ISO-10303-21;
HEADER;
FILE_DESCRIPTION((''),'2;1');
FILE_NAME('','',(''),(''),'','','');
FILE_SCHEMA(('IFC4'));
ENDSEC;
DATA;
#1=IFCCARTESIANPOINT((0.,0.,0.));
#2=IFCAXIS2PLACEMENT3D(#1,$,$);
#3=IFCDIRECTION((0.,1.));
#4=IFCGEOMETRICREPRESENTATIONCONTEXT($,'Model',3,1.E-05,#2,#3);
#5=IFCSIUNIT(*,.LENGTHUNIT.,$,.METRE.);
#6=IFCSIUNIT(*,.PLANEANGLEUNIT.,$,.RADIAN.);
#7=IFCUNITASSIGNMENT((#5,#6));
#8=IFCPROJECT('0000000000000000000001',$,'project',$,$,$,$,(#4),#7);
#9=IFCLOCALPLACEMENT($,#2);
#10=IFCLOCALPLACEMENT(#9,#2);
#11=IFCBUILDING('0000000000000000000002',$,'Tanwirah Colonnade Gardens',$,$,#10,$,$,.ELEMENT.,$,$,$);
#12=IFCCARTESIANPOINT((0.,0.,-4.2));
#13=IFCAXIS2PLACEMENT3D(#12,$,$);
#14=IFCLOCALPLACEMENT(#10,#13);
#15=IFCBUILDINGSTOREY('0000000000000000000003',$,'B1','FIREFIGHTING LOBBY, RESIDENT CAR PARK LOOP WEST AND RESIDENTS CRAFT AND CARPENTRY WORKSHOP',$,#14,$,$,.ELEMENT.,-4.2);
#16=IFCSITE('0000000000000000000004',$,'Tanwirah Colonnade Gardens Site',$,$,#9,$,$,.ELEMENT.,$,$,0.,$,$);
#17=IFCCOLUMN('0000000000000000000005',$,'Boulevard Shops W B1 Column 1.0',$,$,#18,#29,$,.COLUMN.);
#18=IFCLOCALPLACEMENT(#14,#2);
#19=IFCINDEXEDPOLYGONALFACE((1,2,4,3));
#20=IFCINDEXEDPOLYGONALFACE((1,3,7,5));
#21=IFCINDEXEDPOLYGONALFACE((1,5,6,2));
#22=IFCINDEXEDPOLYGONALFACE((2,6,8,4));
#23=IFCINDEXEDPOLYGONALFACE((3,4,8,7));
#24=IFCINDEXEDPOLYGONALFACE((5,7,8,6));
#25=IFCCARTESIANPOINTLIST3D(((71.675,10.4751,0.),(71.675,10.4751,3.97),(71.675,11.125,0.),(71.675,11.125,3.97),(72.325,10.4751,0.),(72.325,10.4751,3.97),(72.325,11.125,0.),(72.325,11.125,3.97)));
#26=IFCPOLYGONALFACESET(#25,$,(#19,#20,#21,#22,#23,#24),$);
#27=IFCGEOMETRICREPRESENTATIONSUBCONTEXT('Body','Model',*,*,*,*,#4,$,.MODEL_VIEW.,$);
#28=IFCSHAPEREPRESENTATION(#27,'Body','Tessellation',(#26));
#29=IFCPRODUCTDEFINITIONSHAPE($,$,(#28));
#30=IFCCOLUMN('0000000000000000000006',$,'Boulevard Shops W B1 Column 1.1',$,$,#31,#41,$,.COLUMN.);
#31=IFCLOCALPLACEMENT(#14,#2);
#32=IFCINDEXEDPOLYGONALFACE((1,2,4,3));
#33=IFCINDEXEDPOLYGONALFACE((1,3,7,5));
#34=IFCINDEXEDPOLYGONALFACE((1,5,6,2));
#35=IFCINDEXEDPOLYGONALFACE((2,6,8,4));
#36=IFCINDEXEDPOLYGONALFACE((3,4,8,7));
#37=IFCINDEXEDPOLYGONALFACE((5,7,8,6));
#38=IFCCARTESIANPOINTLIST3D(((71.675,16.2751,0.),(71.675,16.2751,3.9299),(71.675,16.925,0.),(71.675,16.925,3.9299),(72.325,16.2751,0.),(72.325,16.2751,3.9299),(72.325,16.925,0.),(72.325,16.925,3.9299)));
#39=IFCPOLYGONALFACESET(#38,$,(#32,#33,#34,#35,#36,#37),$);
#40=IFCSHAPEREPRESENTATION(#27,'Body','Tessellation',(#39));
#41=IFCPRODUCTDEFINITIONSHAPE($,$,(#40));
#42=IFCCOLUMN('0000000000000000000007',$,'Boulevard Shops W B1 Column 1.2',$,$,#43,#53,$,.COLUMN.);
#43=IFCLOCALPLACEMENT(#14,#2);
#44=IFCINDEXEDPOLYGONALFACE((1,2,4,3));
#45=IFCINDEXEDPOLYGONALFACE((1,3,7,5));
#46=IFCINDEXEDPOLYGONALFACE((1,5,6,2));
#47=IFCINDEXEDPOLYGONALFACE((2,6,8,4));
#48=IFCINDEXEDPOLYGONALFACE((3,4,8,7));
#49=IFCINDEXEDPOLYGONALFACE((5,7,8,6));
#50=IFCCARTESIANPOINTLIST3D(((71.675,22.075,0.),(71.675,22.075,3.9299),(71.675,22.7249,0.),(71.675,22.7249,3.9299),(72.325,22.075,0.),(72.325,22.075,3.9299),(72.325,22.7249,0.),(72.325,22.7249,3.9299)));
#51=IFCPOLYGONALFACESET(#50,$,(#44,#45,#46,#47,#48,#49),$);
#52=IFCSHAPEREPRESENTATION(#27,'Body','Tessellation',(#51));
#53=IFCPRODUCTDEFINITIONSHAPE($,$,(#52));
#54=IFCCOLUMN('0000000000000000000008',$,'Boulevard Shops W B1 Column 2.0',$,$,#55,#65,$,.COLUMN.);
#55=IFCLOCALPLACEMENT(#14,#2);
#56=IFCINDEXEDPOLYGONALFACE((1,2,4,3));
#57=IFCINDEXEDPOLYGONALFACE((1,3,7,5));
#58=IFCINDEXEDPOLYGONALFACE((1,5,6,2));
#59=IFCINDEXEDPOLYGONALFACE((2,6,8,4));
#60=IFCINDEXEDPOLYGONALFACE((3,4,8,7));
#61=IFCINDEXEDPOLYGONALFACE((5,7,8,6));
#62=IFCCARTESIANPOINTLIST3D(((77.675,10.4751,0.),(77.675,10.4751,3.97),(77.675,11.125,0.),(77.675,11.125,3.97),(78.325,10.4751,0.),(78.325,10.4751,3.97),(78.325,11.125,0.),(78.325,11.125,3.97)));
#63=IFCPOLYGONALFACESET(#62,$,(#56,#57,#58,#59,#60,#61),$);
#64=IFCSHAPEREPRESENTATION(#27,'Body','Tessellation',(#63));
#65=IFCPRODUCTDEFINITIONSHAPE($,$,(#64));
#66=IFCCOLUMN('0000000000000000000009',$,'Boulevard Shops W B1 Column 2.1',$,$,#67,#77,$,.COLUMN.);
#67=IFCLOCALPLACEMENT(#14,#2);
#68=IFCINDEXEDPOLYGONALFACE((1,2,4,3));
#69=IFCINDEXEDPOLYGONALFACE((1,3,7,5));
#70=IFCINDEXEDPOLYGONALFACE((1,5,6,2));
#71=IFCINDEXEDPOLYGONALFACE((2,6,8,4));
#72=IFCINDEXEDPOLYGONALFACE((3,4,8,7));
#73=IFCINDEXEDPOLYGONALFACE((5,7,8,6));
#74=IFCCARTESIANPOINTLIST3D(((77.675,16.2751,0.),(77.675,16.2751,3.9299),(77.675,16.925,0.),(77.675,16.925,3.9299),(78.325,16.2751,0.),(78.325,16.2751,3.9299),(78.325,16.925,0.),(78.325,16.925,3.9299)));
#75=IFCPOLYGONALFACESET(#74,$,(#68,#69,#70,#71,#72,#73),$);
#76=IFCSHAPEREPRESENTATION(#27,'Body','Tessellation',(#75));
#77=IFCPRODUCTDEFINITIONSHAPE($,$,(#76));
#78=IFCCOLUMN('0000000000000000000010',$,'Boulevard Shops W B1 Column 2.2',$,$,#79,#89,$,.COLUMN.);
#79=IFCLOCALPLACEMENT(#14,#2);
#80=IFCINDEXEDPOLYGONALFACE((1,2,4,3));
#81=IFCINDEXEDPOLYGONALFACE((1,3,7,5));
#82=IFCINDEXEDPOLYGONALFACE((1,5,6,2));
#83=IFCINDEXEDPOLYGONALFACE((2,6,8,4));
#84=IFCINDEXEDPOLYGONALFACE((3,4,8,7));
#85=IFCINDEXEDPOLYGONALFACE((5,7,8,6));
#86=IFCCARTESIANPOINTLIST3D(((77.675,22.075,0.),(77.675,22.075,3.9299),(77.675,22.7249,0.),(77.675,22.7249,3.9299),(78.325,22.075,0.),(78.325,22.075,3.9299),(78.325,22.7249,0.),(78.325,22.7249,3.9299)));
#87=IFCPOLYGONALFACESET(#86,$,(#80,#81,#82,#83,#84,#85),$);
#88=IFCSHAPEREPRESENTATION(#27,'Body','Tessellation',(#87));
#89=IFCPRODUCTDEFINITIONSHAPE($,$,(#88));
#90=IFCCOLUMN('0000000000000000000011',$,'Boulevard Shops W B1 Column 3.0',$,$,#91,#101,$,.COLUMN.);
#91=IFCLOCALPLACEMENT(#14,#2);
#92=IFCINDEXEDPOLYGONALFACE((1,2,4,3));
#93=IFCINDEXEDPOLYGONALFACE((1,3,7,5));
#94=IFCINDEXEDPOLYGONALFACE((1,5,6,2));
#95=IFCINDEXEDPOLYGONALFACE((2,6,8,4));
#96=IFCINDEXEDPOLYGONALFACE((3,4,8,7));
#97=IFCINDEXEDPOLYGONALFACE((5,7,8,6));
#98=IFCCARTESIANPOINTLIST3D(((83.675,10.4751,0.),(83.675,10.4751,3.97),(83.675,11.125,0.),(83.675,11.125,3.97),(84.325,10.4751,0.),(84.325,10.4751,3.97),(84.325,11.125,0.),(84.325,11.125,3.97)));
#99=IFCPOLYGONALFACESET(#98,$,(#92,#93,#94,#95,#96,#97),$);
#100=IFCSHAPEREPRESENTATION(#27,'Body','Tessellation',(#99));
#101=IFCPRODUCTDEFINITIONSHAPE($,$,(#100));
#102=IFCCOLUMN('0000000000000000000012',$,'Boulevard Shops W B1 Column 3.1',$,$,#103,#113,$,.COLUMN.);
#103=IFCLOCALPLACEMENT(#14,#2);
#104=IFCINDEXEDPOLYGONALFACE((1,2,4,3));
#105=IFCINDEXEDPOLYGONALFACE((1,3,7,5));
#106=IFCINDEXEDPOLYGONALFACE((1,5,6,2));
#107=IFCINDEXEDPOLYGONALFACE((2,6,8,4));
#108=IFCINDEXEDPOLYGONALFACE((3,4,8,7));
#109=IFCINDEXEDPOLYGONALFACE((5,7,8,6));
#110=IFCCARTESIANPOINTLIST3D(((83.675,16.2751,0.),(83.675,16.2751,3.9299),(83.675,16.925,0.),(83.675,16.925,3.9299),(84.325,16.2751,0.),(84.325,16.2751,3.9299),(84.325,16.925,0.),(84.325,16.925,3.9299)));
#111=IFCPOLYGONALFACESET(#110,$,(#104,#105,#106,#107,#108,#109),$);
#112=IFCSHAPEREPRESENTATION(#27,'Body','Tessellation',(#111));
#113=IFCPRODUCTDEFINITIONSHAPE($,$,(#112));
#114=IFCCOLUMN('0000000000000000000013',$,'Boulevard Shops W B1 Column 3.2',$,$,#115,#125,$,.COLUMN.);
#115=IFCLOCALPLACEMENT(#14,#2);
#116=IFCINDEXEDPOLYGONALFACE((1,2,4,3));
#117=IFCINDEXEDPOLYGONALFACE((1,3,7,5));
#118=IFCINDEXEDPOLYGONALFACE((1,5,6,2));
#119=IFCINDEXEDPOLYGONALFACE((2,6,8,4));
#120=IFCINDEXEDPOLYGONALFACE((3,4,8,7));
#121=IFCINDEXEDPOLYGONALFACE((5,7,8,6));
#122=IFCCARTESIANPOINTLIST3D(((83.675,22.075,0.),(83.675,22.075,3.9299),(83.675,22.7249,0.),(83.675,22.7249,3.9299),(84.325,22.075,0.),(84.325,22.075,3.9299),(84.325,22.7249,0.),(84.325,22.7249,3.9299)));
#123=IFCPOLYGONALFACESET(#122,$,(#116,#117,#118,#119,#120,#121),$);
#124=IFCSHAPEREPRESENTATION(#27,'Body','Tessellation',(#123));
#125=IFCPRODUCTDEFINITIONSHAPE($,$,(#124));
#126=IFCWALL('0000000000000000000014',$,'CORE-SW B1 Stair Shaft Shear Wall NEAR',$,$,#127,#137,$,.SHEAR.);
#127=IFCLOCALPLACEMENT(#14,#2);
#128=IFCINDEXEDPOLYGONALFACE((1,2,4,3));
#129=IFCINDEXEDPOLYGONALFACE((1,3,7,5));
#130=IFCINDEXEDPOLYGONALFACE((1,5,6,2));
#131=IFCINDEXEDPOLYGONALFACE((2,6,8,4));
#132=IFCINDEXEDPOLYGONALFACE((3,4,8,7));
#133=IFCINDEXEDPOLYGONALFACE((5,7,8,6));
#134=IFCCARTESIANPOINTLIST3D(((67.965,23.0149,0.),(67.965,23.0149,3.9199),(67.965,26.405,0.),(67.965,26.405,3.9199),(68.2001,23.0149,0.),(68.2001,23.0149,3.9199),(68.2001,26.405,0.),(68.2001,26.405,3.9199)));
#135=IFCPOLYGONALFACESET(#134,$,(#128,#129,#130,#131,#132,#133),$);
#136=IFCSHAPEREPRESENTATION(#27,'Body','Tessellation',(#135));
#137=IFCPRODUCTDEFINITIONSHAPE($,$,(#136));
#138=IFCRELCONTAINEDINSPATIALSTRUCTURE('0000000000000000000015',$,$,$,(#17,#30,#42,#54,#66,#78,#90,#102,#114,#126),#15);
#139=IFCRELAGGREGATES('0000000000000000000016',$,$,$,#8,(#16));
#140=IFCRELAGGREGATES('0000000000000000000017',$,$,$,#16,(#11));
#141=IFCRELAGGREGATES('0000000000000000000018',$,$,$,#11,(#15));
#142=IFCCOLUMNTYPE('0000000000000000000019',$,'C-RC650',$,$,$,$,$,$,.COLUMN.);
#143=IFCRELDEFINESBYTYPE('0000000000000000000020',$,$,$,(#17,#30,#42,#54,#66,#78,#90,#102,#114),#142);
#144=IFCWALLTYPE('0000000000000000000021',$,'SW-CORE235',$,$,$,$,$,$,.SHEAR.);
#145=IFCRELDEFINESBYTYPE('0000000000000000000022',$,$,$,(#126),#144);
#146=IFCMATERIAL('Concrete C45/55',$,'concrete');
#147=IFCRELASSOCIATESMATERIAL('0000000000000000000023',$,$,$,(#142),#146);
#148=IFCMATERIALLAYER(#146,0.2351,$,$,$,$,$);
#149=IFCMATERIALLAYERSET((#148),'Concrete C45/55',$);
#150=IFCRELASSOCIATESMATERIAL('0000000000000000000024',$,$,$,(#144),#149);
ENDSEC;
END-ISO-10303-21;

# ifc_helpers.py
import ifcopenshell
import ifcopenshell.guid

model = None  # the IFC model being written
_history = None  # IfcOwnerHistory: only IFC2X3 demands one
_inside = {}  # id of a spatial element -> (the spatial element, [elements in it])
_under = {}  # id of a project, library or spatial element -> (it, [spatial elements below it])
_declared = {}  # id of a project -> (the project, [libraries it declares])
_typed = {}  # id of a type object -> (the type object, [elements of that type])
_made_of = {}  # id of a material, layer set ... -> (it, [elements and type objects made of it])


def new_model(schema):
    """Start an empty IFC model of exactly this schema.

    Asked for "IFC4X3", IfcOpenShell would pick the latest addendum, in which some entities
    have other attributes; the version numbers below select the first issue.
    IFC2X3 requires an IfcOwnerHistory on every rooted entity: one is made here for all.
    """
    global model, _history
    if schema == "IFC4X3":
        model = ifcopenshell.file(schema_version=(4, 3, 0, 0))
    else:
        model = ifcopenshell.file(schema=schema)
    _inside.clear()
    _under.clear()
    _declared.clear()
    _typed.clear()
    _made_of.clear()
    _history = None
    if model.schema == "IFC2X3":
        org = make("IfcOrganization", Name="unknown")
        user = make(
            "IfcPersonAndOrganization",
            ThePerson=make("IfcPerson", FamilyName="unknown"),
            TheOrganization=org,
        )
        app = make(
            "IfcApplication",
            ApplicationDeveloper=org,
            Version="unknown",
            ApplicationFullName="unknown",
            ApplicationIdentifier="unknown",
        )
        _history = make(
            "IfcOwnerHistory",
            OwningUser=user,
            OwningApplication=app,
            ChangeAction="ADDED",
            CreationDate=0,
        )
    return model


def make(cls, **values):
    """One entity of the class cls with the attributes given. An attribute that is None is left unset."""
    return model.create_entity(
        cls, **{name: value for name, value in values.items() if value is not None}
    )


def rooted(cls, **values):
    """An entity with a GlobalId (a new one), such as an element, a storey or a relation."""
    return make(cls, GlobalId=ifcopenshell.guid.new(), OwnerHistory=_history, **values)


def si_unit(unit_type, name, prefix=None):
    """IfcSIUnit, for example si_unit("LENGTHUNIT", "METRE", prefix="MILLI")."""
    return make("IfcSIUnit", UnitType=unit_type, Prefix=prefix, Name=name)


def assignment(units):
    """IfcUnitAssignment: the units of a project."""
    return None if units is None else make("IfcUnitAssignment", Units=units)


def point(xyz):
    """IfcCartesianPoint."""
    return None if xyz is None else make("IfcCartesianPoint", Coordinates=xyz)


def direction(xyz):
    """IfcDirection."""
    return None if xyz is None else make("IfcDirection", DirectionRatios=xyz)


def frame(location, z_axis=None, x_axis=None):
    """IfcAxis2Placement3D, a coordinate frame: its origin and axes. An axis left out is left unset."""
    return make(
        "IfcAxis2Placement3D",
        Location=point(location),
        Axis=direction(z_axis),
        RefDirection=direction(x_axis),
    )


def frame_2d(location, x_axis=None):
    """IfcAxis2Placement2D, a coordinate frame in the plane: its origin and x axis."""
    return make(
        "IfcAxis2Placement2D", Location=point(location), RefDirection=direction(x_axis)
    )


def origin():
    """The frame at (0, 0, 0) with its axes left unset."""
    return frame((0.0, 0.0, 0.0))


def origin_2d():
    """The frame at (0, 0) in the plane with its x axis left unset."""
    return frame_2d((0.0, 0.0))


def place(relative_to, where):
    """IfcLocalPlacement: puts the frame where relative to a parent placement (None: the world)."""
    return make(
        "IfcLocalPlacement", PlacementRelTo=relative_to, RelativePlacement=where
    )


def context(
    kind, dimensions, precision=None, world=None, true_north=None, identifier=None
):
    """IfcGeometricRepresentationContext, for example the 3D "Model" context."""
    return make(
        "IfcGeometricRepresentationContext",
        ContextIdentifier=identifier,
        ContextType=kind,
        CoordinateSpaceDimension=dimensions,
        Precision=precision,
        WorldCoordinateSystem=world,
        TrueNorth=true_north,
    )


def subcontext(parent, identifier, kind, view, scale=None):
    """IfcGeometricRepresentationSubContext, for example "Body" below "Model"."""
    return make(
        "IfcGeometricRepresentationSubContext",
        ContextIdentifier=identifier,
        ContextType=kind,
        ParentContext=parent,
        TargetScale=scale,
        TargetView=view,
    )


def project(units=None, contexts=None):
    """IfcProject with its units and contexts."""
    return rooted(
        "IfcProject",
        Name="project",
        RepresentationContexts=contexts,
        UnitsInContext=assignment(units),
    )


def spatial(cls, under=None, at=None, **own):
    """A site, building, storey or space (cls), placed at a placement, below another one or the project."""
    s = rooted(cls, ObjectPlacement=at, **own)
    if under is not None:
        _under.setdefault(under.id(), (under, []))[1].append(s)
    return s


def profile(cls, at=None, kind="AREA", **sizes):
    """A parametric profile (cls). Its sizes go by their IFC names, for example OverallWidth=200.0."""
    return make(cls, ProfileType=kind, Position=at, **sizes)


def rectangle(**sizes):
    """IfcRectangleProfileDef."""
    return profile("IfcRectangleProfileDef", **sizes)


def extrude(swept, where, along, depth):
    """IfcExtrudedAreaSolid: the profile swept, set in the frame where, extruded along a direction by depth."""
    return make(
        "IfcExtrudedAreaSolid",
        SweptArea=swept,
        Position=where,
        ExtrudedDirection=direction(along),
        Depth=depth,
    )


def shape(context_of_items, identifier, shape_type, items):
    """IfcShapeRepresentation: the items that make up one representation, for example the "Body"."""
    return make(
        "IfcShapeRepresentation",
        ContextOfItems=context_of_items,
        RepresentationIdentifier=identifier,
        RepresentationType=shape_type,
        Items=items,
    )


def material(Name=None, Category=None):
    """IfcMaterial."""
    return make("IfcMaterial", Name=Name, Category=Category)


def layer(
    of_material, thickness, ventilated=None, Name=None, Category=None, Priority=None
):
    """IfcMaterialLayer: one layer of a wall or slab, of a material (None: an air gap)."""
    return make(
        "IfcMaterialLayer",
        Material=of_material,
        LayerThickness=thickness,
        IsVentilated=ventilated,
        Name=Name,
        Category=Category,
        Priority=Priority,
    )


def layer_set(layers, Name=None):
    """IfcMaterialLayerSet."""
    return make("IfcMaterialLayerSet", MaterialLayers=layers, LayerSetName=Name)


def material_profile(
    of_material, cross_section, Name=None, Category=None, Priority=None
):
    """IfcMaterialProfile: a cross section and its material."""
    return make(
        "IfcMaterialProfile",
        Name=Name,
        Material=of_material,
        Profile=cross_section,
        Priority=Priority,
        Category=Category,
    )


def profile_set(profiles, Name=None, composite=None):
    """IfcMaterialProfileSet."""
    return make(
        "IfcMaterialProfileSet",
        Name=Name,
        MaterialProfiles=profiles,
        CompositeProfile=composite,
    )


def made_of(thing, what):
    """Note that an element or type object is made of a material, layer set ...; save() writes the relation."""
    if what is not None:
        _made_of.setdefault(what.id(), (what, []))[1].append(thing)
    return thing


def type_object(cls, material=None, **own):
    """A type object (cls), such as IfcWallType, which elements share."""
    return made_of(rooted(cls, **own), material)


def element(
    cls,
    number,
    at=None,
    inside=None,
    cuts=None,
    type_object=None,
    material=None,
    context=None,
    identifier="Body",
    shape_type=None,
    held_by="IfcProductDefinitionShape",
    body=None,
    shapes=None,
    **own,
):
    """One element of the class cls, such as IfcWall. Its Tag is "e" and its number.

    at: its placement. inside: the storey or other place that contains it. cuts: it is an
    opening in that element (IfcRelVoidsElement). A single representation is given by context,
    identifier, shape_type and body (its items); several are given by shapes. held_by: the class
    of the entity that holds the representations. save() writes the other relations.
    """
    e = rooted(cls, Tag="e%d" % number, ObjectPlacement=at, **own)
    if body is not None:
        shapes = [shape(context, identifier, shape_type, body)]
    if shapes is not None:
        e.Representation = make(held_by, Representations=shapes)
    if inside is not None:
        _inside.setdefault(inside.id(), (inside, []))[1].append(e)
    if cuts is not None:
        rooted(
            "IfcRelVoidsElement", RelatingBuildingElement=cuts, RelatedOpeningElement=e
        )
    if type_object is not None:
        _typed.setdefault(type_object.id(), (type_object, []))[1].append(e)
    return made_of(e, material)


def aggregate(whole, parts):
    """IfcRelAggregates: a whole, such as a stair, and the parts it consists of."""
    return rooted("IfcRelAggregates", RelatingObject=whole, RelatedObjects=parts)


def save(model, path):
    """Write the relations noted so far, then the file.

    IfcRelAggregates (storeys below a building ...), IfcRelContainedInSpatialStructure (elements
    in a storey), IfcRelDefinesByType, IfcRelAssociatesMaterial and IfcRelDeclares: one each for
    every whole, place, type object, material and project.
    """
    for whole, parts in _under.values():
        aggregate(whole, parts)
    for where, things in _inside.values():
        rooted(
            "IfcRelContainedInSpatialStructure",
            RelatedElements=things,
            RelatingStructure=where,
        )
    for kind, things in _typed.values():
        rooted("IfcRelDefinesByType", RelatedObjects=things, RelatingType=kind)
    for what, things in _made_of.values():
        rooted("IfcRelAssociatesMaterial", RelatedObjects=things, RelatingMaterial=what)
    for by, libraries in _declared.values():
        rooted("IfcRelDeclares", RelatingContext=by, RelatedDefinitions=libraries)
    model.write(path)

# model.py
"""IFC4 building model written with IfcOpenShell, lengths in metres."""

from ifc_helpers import new_model, si_unit, direction, frame, frame_2d, origin, origin_2d, place, context, subcontext, project, spatial, rectangle, extrude, material, layer, layer_set, material_profile, profile_set, type_object, element, save


model = new_model("IFC4")

# Units and contexts
model_context = context("Model", 3, precision=1e-05, world=origin(), true_north=direction((0.0, 1.0)))
body_context = subcontext(model_context, "Body", "Model", "MODEL_VIEW")
ifc_project = project(units=[si_unit("LENGTHUNIT", "METRE"), si_unit("PLANEANGLEUNIT", "RADIAN")], contexts=[model_context])

# Site, building, storey
site_placement = place(None, origin())
site = spatial("IfcSite", under=ifc_project, at=site_placement, Name="Tanwirah Colonnade Gardens Site", CompositionType="ELEMENT", RefElevation=0.0)
building_placement = place(site_placement, origin())
building = spatial("IfcBuilding", under=site, at=building_placement, Name="Tanwirah Colonnade Gardens", CompositionType="ELEMENT")
storey_placement = place(building_placement, frame((0.0, 0.0, -4.2)))
storey = spatial("IfcBuildingStorey", under=building, at=storey_placement, Name="B1", Description="FIREFIGHTING LOBBY, RESIDENT CAR PARK LOOP WEST AND RESIDENTS CRAFT AND CARPENTRY WORKSHOP", CompositionType="ELEMENT", Elevation=-4.2)

# Shared definitions
ifc_material_1 = material(Name="Concrete C45/55", Category="concrete")

# Columns
ifc_material_profile_1 = material_profile(ifc_material_1, rectangle(XDim=0.6499, YDim=0.6499, at=origin_2d()), Name="RC-COL 650x650")
ifc_profile_set_1 = profile_set([ifc_material_profile_1], Name="Concrete C45/55")
column_type_1 = type_object("IfcColumnType", Name="C-RC650", PredefinedType="COLUMN", material=ifc_profile_set_1)
column_1_placement = place(storey_placement, frame((72.0, 10.8, 0.0), z_axis=(0.0, 0.0, 1.0), x_axis=(1.0, 0.0, 0.0)))
element("IfcColumn", 1, at=column_1_placement, inside=storey, type_object=column_type_1, Name="Boulevard Shops W B1 Column 1.0", PredefinedType="COLUMN", context=body_context, shape_type="SweptSolid", body=[
    extrude(rectangle(XDim=0.6499, YDim=0.6499, at=origin_2d()), origin(), (0.0, 0.0, 1.0), 3.97),
])
for number, where, z_axis, x_axis, name in (
    (2, (72.0, 16.6001, 0.0), (0.0, 0.0, 1.0), (1.0, 0.0, 0.0), "Boulevard Shops W B1 Column 1.1"),
    (3, (72.0, 22.3999, 0.0), (0.0, 0.0, 1.0), (1.0, 0.0, 0.0), "Boulevard Shops W B1 Column 1.2"),
):
    element("IfcColumn", number, at=place(storey_placement, frame(where, z_axis=z_axis, x_axis=x_axis)), inside=storey, type_object=column_type_1, Name=name, PredefinedType="COLUMN", context=body_context, shape_type="SweptSolid", body=[
        extrude(rectangle(XDim=0.6499, YDim=0.6499, at=origin_2d()), origin(), (0.0, 0.0, 1.0), 3.9299),
    ])
column_2_placement = place(storey_placement, frame((78.0, 10.8, 0.0), z_axis=(0.0, 0.0, 1.0), x_axis=(1.0, 0.0, 0.0)))
element("IfcColumn", 4, at=column_2_placement, inside=storey, type_object=column_type_1, Name="Boulevard Shops W B1 Column 2.0", PredefinedType="COLUMN", context=body_context, shape_type="SweptSolid", body=[
    extrude(rectangle(XDim=0.6499, YDim=0.6499, at=origin_2d()), origin(), (0.0, 0.0, 1.0), 3.97),
])
for number, where, z_axis, x_axis, name in (
    (5, (78.0, 16.6001, 0.0), (0.0, 0.0, 1.0), (1.0, 0.0, 0.0), "Boulevard Shops W B1 Column 2.1"),
    (6, (78.0, 22.3999, 0.0), (0.0, 0.0, 1.0), (1.0, 0.0, 0.0), "Boulevard Shops W B1 Column 2.2"),
):
    element("IfcColumn", number, at=place(storey_placement, frame(where, z_axis=z_axis, x_axis=x_axis)), inside=storey, type_object=column_type_1, Name=name, PredefinedType="COLUMN", context=body_context, shape_type="SweptSolid", body=[
        extrude(rectangle(XDim=0.6499, YDim=0.6499, at=origin_2d()), origin(), (0.0, 0.0, 1.0), 3.9299),
    ])
column_3_placement = place(storey_placement, frame((84.0, 10.8, 0.0), z_axis=(0.0, 0.0, 1.0), x_axis=(1.0, 0.0, 0.0)))
element("IfcColumn", 7, at=column_3_placement, inside=storey, type_object=column_type_1, Name="Boulevard Shops W B1 Column 3.0", PredefinedType="COLUMN", context=body_context, shape_type="SweptSolid", body=[
    extrude(rectangle(XDim=0.6499, YDim=0.6499, at=origin_2d()), origin(), (0.0, 0.0, 1.0), 3.97),
])
for number, where, z_axis, x_axis, name in (
    (8, (84.0, 16.6001, 0.0), (0.0, 0.0, 1.0), (1.0, 0.0, 0.0), "Boulevard Shops W B1 Column 3.1"),
    (9, (84.0, 22.3999, 0.0), (0.0, 0.0, 1.0), (1.0, 0.0, 0.0), "Boulevard Shops W B1 Column 3.2"),
):
    element("IfcColumn", number, at=place(storey_placement, frame(where, z_axis=z_axis, x_axis=x_axis)), inside=storey, type_object=column_type_1, Name=name, PredefinedType="COLUMN", context=body_context, shape_type="SweptSolid", body=[
        extrude(rectangle(XDim=0.6499, YDim=0.6499, at=origin_2d()), origin(), (0.0, 0.0, 1.0), 3.9299),
    ])

# Wall
ifc_layer = layer(ifc_material_1, 0.2351)
ifc_layer_set = layer_set([ifc_layer], Name="Concrete C45/55")
wall_type = type_object("IfcWallType", Name="SW-CORE235", PredefinedType="SHEAR", material=ifc_layer_set)
wall_placement = place(storey_placement, frame((68.0825, 23.0149, 0.0), z_axis=(0.0, 0.0, 1.0), x_axis=(0.0, 1.0, 0.0)))
element("IfcWall", 10, at=wall_placement, inside=storey, type_object=wall_type, Name="CORE-SW B1 Stair Shaft Shear Wall NEAR", PredefinedType="SHEAR", context=body_context, shape_type="SweptSolid", body=[
    extrude(rectangle(XDim=3.3901, YDim=0.2351, at=frame_2d((1.6951, 0.0))), origin(), (0.0, 0.0, 1.0), 3.9199),
])

save(model, "model.ifc")
